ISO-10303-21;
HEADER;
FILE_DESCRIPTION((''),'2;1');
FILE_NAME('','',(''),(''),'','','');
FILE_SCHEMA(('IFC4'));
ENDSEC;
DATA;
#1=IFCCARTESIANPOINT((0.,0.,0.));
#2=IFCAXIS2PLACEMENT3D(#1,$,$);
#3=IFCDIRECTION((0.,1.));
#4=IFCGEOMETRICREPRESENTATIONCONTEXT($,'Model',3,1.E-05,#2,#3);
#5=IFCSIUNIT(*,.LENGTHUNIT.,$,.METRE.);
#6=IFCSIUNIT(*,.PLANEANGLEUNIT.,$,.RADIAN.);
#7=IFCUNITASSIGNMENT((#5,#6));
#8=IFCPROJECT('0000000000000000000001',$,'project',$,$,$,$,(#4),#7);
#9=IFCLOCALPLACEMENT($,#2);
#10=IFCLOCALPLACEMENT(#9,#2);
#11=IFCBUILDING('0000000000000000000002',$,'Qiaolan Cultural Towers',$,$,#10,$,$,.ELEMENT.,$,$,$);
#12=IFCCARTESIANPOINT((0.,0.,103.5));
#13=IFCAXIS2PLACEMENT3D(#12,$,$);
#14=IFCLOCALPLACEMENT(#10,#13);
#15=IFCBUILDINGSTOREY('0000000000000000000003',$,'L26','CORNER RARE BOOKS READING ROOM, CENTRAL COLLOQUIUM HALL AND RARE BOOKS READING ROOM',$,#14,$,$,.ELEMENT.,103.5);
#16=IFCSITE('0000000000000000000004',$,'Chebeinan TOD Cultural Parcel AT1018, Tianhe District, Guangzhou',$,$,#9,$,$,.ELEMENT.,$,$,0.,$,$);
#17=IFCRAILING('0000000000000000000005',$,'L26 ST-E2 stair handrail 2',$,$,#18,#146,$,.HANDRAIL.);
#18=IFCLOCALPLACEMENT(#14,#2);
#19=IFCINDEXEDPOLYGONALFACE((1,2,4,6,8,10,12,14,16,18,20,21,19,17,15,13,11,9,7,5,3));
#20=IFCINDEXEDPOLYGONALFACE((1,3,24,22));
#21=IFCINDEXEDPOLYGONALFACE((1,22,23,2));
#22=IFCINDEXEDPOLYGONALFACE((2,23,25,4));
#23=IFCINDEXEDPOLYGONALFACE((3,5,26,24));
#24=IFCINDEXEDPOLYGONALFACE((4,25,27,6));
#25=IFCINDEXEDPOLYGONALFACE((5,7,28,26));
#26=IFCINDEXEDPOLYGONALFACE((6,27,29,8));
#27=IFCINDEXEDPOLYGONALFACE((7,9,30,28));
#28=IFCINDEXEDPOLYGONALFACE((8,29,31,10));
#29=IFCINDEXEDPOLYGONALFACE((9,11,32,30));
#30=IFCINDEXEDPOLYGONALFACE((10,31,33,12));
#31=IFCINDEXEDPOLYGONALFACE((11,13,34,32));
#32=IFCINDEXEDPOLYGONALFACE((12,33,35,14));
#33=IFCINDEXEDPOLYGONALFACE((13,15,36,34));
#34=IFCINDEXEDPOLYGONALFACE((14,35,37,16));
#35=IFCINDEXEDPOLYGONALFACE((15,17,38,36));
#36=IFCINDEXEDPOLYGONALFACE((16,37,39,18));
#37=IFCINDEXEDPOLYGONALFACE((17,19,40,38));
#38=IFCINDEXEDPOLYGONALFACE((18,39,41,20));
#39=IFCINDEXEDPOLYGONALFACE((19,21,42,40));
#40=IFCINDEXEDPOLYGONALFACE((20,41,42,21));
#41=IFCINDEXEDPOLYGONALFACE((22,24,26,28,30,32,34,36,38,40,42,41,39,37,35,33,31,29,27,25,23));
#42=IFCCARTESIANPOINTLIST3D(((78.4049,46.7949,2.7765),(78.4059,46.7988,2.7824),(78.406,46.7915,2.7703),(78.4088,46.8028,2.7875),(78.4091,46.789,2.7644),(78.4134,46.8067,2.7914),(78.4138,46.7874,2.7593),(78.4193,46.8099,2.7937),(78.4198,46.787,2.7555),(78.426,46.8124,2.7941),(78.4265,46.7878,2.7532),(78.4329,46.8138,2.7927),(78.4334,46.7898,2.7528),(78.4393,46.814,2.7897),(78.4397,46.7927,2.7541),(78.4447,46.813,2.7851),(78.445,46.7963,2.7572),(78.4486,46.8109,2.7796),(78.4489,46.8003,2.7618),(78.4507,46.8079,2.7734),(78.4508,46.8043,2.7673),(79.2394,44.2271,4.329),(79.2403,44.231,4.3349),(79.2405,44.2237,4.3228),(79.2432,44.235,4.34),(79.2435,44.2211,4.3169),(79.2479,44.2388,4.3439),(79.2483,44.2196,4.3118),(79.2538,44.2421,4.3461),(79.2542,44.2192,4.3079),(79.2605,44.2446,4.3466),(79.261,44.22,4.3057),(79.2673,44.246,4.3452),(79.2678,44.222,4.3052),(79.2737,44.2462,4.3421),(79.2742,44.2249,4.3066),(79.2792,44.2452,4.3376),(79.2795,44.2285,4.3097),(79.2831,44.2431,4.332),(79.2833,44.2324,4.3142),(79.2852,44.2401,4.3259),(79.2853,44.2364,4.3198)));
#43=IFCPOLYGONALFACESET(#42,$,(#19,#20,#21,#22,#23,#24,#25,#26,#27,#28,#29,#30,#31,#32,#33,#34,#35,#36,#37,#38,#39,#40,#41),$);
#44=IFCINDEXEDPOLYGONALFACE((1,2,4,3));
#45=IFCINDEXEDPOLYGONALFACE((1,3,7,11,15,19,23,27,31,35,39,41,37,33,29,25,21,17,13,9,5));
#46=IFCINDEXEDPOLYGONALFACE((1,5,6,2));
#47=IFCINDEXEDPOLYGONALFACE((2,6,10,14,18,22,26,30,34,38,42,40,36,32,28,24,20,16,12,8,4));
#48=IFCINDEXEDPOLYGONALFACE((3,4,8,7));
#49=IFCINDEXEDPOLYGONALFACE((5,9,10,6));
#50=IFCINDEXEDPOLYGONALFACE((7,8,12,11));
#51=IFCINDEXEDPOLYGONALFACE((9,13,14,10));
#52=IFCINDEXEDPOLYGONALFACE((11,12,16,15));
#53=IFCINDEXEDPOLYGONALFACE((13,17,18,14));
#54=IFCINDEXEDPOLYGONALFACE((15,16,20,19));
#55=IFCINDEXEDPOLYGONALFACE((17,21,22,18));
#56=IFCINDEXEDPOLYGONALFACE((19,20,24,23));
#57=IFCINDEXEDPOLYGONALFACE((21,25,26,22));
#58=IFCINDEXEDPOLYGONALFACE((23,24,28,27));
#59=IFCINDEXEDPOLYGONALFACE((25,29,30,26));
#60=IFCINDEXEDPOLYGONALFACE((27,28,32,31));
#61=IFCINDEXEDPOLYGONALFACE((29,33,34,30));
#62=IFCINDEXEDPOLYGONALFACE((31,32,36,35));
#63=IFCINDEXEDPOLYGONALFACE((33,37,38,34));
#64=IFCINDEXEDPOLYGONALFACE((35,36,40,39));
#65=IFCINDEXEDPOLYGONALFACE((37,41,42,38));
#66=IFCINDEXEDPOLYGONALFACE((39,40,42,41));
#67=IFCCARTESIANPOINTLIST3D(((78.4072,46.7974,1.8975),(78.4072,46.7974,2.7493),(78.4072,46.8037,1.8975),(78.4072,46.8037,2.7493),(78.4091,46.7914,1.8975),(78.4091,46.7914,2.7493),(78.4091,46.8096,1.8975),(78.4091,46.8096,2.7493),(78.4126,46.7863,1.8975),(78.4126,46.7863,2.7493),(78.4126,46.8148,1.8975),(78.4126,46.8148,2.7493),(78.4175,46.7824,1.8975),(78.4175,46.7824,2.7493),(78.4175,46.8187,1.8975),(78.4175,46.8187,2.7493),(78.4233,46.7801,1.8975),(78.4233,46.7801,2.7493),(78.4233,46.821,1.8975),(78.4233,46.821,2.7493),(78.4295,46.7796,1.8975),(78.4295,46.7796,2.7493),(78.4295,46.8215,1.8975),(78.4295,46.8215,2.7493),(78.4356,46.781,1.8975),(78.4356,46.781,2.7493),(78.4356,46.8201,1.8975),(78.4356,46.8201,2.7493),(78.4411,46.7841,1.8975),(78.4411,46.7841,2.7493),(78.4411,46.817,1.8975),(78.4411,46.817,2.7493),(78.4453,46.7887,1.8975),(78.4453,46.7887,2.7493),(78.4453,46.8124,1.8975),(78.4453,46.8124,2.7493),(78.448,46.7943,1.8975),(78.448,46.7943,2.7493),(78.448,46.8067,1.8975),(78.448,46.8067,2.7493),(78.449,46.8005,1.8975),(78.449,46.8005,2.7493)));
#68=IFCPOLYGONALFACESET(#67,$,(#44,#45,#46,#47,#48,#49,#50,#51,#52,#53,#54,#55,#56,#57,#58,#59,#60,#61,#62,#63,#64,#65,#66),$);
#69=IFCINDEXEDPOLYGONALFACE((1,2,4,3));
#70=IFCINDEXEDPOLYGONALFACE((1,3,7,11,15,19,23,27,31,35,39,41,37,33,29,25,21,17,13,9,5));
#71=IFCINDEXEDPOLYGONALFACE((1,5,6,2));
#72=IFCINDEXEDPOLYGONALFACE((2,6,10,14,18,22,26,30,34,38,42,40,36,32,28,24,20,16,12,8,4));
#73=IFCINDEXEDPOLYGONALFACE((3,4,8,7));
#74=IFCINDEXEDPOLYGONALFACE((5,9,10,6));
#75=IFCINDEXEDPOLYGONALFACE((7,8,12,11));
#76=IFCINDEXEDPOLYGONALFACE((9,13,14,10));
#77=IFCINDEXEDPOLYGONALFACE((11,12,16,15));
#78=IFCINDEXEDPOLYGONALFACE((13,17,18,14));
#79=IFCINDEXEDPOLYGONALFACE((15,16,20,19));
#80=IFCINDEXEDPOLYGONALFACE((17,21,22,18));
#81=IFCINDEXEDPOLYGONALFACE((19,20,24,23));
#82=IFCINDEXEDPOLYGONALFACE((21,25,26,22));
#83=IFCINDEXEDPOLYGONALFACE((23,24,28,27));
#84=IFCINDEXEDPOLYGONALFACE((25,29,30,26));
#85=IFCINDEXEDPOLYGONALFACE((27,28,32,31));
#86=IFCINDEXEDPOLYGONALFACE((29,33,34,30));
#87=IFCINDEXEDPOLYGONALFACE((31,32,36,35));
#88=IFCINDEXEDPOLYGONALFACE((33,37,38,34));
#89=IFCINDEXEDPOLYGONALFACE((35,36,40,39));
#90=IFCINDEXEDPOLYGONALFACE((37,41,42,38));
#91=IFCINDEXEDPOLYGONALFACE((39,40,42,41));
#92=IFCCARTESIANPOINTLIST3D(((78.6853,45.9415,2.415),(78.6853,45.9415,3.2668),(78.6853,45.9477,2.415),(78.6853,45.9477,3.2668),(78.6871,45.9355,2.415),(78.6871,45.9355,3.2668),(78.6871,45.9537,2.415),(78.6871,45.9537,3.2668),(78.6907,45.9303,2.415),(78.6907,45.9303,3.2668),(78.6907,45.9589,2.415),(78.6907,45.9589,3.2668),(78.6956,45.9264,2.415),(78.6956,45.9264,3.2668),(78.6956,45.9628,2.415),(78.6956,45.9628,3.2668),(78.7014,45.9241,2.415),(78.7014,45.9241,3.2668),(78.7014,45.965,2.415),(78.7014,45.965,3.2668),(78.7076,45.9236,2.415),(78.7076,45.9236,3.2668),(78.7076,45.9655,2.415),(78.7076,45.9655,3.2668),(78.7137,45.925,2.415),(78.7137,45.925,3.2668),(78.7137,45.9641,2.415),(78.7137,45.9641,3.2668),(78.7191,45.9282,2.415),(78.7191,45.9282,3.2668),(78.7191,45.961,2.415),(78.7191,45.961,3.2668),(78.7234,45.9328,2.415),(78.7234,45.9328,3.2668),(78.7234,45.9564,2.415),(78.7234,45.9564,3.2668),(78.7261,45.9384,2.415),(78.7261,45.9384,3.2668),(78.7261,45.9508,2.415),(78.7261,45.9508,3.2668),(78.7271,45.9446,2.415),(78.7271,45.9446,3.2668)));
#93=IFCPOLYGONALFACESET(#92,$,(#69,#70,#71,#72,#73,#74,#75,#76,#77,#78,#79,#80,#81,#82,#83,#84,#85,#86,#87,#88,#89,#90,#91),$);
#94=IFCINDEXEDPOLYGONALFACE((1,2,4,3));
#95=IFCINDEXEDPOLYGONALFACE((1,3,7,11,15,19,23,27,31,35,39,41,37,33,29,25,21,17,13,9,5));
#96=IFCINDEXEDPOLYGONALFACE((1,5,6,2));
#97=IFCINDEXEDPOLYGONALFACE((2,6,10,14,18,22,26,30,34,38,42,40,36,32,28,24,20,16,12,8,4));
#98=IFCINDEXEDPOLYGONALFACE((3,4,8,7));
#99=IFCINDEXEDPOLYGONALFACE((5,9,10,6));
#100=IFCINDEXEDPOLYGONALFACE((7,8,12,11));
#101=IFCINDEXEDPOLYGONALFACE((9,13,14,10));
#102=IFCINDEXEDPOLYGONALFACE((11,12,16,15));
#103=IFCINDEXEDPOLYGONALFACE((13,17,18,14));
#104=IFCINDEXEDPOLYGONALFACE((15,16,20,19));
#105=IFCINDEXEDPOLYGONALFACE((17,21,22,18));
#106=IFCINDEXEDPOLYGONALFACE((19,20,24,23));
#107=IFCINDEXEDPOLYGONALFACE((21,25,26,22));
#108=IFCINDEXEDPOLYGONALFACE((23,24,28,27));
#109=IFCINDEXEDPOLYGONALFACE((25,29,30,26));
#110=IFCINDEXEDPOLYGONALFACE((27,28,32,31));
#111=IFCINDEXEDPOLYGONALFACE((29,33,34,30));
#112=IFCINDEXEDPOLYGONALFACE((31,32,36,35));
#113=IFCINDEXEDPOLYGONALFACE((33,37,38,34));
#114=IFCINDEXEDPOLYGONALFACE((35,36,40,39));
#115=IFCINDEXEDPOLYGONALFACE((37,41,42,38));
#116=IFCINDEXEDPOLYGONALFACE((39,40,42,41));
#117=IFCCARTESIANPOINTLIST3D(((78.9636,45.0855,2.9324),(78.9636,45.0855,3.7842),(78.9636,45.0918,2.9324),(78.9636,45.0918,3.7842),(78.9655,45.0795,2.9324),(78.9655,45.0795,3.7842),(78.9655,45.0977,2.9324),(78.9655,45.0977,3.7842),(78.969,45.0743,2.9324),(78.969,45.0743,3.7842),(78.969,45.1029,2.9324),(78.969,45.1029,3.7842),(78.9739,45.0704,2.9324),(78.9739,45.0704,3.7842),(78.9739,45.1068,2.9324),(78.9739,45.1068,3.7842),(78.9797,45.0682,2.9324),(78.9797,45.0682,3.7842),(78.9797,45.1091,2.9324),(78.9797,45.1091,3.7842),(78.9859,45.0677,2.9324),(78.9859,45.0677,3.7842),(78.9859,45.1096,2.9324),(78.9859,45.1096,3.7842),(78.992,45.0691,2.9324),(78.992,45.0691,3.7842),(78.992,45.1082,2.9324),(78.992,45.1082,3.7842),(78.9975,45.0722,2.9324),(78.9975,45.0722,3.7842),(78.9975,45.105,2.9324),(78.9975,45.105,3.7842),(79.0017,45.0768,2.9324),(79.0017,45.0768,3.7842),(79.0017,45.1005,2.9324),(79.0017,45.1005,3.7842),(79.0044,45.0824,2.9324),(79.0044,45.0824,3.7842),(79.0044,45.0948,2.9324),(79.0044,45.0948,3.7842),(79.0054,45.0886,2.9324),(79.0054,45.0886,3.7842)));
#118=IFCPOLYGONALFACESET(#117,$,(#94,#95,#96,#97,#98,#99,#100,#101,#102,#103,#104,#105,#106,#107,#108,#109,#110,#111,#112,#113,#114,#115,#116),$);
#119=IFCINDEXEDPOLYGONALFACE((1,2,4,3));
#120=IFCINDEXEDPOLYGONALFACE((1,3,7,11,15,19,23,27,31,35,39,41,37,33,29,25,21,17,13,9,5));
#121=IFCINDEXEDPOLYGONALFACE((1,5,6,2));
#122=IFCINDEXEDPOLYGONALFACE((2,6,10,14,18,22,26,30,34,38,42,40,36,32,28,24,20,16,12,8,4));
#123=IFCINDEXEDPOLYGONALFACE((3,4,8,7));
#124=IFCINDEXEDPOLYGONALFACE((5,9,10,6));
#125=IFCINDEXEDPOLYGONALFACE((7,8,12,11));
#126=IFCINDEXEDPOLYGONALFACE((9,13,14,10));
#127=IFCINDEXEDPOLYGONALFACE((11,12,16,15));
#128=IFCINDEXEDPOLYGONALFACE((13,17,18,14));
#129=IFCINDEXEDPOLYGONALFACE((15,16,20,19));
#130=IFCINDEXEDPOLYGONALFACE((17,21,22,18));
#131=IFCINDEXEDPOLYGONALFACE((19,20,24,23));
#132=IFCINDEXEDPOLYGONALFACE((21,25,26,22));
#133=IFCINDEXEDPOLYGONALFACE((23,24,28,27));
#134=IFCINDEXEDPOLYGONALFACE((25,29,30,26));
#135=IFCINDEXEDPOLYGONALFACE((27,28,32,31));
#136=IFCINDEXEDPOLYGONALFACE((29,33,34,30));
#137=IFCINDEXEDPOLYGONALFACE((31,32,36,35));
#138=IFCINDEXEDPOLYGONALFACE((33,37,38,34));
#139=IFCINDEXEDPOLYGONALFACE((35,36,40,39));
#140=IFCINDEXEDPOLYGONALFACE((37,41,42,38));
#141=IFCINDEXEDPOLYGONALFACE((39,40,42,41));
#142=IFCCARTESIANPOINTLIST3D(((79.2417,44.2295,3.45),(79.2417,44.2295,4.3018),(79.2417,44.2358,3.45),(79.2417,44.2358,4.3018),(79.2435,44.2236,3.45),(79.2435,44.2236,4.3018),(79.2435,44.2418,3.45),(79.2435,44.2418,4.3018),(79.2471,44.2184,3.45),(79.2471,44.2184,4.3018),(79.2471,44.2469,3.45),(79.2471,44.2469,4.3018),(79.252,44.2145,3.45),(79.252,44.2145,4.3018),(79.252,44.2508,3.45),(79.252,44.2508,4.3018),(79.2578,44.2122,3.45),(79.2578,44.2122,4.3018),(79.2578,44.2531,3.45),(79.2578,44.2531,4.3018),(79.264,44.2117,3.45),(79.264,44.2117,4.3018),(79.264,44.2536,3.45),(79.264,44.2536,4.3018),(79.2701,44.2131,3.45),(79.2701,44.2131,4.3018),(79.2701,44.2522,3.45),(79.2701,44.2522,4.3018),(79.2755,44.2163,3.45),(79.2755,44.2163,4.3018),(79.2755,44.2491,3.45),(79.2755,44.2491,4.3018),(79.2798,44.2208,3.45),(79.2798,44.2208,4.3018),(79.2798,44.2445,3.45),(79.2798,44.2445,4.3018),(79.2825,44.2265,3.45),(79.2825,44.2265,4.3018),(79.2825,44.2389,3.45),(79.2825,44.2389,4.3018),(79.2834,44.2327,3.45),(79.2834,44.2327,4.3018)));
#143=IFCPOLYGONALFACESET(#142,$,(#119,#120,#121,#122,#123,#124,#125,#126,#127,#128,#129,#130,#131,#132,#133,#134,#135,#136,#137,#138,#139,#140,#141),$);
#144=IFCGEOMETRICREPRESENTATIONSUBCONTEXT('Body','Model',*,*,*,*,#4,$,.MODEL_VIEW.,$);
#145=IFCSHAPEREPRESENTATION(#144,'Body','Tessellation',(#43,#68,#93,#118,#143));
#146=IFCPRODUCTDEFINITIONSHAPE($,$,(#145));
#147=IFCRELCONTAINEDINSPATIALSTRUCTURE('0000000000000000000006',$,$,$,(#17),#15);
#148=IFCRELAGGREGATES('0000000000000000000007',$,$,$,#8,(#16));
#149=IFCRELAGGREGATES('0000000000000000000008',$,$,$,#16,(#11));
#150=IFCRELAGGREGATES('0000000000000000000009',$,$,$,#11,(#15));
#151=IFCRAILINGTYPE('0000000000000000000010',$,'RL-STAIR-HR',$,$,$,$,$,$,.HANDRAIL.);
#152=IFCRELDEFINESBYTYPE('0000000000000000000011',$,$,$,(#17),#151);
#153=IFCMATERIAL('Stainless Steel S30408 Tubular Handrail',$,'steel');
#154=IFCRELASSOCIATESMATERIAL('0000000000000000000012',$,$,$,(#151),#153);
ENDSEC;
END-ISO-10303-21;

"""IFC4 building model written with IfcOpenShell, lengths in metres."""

from ifc_helpers import new_model, si_unit, direction, frame, origin, origin_2d, place, context, subcontext, project, spatial, circle, extrude, material, type_object, element, save


model = new_model("IFC4")

# Units and contexts
model_context = context("Model", 3, precision=1e-05, world=origin(), true_north=direction((0.0, 1.0)))
body_context = subcontext(model_context, "Body", "Model", "MODEL_VIEW")
ifc_project = project(units=[si_unit("LENGTHUNIT", "METRE"), si_unit("PLANEANGLEUNIT", "RADIAN")], contexts=[model_context])

# Site, building, storey
site_placement = place(None, origin())
site = spatial("IfcSite", under=ifc_project, at=site_placement, Name="Chebeinan TOD Cultural Parcel AT1018, Tianhe District, Guangzhou", CompositionType="ELEMENT", RefElevation=0.0)
building_placement = place(site_placement, origin())
building = spatial("IfcBuilding", under=site, at=building_placement, Name="Qiaolan Cultural Towers", CompositionType="ELEMENT")
storey_placement = place(building_placement, frame((0.0, 0.0, 103.5)))
storey = spatial("IfcBuildingStorey", under=building, at=storey_placement, Name="L26", Description="CORNER RARE BOOKS READING ROOM, CENTRAL COLLOQUIUM HALL AND RARE BOOKS READING ROOM", CompositionType="ELEMENT", Elevation=103.5)

# Railing
ifc_material_1 = material(Name="Stainless Steel S30408 Tubular Handrail", Category="steel")
railing_type_1 = type_object("IfcRailingType", Name="RL-STAIR-HR", PredefinedType="HANDRAIL", material=ifc_material_1)
railing_1_placement = place(storey_placement, frame((78.428, 46.8005, 1.8975)))
element("IfcRailing", 1, at=railing_1_placement, inside=storey, type_object=railing_type_1, Name="L26 ST-E2 stair handrail 2", PredefinedType="HANDRAIL", context=body_context, shape_type="SweptSolid", body=[
    extrude(circle(Radius=0.0239, at=origin_2d()), frame((0.0, 0.0, 0.876), z_axis=(0.267926, -0.824471, 0.498461), x_axis=(0.951043, 0.309057, 0.0)), (0.0, 0.0, 1.0), 3.1145),
    extrude(circle(Radius=0.021, at=origin_2d()), origin(), (0.0, 0.0, 1.0), 0.8518),
    extrude(circle(Radius=0.021, at=origin_2d()), frame((0.2781, -0.856, 0.5176)), (0.0, 0.0, 1.0), 0.8518),
    extrude(circle(Radius=0.021, at=origin_2d()), frame((0.5564, -1.7119, 1.0349)), (0.0, 0.0, 1.0), 0.8518),
    extrude(circle(Radius=0.021, at=origin_2d()), frame((0.8345, -2.5679, 1.5525)), (0.0, 0.0, 1.0), 0.8518),
])

save(model, "model.ifc")
